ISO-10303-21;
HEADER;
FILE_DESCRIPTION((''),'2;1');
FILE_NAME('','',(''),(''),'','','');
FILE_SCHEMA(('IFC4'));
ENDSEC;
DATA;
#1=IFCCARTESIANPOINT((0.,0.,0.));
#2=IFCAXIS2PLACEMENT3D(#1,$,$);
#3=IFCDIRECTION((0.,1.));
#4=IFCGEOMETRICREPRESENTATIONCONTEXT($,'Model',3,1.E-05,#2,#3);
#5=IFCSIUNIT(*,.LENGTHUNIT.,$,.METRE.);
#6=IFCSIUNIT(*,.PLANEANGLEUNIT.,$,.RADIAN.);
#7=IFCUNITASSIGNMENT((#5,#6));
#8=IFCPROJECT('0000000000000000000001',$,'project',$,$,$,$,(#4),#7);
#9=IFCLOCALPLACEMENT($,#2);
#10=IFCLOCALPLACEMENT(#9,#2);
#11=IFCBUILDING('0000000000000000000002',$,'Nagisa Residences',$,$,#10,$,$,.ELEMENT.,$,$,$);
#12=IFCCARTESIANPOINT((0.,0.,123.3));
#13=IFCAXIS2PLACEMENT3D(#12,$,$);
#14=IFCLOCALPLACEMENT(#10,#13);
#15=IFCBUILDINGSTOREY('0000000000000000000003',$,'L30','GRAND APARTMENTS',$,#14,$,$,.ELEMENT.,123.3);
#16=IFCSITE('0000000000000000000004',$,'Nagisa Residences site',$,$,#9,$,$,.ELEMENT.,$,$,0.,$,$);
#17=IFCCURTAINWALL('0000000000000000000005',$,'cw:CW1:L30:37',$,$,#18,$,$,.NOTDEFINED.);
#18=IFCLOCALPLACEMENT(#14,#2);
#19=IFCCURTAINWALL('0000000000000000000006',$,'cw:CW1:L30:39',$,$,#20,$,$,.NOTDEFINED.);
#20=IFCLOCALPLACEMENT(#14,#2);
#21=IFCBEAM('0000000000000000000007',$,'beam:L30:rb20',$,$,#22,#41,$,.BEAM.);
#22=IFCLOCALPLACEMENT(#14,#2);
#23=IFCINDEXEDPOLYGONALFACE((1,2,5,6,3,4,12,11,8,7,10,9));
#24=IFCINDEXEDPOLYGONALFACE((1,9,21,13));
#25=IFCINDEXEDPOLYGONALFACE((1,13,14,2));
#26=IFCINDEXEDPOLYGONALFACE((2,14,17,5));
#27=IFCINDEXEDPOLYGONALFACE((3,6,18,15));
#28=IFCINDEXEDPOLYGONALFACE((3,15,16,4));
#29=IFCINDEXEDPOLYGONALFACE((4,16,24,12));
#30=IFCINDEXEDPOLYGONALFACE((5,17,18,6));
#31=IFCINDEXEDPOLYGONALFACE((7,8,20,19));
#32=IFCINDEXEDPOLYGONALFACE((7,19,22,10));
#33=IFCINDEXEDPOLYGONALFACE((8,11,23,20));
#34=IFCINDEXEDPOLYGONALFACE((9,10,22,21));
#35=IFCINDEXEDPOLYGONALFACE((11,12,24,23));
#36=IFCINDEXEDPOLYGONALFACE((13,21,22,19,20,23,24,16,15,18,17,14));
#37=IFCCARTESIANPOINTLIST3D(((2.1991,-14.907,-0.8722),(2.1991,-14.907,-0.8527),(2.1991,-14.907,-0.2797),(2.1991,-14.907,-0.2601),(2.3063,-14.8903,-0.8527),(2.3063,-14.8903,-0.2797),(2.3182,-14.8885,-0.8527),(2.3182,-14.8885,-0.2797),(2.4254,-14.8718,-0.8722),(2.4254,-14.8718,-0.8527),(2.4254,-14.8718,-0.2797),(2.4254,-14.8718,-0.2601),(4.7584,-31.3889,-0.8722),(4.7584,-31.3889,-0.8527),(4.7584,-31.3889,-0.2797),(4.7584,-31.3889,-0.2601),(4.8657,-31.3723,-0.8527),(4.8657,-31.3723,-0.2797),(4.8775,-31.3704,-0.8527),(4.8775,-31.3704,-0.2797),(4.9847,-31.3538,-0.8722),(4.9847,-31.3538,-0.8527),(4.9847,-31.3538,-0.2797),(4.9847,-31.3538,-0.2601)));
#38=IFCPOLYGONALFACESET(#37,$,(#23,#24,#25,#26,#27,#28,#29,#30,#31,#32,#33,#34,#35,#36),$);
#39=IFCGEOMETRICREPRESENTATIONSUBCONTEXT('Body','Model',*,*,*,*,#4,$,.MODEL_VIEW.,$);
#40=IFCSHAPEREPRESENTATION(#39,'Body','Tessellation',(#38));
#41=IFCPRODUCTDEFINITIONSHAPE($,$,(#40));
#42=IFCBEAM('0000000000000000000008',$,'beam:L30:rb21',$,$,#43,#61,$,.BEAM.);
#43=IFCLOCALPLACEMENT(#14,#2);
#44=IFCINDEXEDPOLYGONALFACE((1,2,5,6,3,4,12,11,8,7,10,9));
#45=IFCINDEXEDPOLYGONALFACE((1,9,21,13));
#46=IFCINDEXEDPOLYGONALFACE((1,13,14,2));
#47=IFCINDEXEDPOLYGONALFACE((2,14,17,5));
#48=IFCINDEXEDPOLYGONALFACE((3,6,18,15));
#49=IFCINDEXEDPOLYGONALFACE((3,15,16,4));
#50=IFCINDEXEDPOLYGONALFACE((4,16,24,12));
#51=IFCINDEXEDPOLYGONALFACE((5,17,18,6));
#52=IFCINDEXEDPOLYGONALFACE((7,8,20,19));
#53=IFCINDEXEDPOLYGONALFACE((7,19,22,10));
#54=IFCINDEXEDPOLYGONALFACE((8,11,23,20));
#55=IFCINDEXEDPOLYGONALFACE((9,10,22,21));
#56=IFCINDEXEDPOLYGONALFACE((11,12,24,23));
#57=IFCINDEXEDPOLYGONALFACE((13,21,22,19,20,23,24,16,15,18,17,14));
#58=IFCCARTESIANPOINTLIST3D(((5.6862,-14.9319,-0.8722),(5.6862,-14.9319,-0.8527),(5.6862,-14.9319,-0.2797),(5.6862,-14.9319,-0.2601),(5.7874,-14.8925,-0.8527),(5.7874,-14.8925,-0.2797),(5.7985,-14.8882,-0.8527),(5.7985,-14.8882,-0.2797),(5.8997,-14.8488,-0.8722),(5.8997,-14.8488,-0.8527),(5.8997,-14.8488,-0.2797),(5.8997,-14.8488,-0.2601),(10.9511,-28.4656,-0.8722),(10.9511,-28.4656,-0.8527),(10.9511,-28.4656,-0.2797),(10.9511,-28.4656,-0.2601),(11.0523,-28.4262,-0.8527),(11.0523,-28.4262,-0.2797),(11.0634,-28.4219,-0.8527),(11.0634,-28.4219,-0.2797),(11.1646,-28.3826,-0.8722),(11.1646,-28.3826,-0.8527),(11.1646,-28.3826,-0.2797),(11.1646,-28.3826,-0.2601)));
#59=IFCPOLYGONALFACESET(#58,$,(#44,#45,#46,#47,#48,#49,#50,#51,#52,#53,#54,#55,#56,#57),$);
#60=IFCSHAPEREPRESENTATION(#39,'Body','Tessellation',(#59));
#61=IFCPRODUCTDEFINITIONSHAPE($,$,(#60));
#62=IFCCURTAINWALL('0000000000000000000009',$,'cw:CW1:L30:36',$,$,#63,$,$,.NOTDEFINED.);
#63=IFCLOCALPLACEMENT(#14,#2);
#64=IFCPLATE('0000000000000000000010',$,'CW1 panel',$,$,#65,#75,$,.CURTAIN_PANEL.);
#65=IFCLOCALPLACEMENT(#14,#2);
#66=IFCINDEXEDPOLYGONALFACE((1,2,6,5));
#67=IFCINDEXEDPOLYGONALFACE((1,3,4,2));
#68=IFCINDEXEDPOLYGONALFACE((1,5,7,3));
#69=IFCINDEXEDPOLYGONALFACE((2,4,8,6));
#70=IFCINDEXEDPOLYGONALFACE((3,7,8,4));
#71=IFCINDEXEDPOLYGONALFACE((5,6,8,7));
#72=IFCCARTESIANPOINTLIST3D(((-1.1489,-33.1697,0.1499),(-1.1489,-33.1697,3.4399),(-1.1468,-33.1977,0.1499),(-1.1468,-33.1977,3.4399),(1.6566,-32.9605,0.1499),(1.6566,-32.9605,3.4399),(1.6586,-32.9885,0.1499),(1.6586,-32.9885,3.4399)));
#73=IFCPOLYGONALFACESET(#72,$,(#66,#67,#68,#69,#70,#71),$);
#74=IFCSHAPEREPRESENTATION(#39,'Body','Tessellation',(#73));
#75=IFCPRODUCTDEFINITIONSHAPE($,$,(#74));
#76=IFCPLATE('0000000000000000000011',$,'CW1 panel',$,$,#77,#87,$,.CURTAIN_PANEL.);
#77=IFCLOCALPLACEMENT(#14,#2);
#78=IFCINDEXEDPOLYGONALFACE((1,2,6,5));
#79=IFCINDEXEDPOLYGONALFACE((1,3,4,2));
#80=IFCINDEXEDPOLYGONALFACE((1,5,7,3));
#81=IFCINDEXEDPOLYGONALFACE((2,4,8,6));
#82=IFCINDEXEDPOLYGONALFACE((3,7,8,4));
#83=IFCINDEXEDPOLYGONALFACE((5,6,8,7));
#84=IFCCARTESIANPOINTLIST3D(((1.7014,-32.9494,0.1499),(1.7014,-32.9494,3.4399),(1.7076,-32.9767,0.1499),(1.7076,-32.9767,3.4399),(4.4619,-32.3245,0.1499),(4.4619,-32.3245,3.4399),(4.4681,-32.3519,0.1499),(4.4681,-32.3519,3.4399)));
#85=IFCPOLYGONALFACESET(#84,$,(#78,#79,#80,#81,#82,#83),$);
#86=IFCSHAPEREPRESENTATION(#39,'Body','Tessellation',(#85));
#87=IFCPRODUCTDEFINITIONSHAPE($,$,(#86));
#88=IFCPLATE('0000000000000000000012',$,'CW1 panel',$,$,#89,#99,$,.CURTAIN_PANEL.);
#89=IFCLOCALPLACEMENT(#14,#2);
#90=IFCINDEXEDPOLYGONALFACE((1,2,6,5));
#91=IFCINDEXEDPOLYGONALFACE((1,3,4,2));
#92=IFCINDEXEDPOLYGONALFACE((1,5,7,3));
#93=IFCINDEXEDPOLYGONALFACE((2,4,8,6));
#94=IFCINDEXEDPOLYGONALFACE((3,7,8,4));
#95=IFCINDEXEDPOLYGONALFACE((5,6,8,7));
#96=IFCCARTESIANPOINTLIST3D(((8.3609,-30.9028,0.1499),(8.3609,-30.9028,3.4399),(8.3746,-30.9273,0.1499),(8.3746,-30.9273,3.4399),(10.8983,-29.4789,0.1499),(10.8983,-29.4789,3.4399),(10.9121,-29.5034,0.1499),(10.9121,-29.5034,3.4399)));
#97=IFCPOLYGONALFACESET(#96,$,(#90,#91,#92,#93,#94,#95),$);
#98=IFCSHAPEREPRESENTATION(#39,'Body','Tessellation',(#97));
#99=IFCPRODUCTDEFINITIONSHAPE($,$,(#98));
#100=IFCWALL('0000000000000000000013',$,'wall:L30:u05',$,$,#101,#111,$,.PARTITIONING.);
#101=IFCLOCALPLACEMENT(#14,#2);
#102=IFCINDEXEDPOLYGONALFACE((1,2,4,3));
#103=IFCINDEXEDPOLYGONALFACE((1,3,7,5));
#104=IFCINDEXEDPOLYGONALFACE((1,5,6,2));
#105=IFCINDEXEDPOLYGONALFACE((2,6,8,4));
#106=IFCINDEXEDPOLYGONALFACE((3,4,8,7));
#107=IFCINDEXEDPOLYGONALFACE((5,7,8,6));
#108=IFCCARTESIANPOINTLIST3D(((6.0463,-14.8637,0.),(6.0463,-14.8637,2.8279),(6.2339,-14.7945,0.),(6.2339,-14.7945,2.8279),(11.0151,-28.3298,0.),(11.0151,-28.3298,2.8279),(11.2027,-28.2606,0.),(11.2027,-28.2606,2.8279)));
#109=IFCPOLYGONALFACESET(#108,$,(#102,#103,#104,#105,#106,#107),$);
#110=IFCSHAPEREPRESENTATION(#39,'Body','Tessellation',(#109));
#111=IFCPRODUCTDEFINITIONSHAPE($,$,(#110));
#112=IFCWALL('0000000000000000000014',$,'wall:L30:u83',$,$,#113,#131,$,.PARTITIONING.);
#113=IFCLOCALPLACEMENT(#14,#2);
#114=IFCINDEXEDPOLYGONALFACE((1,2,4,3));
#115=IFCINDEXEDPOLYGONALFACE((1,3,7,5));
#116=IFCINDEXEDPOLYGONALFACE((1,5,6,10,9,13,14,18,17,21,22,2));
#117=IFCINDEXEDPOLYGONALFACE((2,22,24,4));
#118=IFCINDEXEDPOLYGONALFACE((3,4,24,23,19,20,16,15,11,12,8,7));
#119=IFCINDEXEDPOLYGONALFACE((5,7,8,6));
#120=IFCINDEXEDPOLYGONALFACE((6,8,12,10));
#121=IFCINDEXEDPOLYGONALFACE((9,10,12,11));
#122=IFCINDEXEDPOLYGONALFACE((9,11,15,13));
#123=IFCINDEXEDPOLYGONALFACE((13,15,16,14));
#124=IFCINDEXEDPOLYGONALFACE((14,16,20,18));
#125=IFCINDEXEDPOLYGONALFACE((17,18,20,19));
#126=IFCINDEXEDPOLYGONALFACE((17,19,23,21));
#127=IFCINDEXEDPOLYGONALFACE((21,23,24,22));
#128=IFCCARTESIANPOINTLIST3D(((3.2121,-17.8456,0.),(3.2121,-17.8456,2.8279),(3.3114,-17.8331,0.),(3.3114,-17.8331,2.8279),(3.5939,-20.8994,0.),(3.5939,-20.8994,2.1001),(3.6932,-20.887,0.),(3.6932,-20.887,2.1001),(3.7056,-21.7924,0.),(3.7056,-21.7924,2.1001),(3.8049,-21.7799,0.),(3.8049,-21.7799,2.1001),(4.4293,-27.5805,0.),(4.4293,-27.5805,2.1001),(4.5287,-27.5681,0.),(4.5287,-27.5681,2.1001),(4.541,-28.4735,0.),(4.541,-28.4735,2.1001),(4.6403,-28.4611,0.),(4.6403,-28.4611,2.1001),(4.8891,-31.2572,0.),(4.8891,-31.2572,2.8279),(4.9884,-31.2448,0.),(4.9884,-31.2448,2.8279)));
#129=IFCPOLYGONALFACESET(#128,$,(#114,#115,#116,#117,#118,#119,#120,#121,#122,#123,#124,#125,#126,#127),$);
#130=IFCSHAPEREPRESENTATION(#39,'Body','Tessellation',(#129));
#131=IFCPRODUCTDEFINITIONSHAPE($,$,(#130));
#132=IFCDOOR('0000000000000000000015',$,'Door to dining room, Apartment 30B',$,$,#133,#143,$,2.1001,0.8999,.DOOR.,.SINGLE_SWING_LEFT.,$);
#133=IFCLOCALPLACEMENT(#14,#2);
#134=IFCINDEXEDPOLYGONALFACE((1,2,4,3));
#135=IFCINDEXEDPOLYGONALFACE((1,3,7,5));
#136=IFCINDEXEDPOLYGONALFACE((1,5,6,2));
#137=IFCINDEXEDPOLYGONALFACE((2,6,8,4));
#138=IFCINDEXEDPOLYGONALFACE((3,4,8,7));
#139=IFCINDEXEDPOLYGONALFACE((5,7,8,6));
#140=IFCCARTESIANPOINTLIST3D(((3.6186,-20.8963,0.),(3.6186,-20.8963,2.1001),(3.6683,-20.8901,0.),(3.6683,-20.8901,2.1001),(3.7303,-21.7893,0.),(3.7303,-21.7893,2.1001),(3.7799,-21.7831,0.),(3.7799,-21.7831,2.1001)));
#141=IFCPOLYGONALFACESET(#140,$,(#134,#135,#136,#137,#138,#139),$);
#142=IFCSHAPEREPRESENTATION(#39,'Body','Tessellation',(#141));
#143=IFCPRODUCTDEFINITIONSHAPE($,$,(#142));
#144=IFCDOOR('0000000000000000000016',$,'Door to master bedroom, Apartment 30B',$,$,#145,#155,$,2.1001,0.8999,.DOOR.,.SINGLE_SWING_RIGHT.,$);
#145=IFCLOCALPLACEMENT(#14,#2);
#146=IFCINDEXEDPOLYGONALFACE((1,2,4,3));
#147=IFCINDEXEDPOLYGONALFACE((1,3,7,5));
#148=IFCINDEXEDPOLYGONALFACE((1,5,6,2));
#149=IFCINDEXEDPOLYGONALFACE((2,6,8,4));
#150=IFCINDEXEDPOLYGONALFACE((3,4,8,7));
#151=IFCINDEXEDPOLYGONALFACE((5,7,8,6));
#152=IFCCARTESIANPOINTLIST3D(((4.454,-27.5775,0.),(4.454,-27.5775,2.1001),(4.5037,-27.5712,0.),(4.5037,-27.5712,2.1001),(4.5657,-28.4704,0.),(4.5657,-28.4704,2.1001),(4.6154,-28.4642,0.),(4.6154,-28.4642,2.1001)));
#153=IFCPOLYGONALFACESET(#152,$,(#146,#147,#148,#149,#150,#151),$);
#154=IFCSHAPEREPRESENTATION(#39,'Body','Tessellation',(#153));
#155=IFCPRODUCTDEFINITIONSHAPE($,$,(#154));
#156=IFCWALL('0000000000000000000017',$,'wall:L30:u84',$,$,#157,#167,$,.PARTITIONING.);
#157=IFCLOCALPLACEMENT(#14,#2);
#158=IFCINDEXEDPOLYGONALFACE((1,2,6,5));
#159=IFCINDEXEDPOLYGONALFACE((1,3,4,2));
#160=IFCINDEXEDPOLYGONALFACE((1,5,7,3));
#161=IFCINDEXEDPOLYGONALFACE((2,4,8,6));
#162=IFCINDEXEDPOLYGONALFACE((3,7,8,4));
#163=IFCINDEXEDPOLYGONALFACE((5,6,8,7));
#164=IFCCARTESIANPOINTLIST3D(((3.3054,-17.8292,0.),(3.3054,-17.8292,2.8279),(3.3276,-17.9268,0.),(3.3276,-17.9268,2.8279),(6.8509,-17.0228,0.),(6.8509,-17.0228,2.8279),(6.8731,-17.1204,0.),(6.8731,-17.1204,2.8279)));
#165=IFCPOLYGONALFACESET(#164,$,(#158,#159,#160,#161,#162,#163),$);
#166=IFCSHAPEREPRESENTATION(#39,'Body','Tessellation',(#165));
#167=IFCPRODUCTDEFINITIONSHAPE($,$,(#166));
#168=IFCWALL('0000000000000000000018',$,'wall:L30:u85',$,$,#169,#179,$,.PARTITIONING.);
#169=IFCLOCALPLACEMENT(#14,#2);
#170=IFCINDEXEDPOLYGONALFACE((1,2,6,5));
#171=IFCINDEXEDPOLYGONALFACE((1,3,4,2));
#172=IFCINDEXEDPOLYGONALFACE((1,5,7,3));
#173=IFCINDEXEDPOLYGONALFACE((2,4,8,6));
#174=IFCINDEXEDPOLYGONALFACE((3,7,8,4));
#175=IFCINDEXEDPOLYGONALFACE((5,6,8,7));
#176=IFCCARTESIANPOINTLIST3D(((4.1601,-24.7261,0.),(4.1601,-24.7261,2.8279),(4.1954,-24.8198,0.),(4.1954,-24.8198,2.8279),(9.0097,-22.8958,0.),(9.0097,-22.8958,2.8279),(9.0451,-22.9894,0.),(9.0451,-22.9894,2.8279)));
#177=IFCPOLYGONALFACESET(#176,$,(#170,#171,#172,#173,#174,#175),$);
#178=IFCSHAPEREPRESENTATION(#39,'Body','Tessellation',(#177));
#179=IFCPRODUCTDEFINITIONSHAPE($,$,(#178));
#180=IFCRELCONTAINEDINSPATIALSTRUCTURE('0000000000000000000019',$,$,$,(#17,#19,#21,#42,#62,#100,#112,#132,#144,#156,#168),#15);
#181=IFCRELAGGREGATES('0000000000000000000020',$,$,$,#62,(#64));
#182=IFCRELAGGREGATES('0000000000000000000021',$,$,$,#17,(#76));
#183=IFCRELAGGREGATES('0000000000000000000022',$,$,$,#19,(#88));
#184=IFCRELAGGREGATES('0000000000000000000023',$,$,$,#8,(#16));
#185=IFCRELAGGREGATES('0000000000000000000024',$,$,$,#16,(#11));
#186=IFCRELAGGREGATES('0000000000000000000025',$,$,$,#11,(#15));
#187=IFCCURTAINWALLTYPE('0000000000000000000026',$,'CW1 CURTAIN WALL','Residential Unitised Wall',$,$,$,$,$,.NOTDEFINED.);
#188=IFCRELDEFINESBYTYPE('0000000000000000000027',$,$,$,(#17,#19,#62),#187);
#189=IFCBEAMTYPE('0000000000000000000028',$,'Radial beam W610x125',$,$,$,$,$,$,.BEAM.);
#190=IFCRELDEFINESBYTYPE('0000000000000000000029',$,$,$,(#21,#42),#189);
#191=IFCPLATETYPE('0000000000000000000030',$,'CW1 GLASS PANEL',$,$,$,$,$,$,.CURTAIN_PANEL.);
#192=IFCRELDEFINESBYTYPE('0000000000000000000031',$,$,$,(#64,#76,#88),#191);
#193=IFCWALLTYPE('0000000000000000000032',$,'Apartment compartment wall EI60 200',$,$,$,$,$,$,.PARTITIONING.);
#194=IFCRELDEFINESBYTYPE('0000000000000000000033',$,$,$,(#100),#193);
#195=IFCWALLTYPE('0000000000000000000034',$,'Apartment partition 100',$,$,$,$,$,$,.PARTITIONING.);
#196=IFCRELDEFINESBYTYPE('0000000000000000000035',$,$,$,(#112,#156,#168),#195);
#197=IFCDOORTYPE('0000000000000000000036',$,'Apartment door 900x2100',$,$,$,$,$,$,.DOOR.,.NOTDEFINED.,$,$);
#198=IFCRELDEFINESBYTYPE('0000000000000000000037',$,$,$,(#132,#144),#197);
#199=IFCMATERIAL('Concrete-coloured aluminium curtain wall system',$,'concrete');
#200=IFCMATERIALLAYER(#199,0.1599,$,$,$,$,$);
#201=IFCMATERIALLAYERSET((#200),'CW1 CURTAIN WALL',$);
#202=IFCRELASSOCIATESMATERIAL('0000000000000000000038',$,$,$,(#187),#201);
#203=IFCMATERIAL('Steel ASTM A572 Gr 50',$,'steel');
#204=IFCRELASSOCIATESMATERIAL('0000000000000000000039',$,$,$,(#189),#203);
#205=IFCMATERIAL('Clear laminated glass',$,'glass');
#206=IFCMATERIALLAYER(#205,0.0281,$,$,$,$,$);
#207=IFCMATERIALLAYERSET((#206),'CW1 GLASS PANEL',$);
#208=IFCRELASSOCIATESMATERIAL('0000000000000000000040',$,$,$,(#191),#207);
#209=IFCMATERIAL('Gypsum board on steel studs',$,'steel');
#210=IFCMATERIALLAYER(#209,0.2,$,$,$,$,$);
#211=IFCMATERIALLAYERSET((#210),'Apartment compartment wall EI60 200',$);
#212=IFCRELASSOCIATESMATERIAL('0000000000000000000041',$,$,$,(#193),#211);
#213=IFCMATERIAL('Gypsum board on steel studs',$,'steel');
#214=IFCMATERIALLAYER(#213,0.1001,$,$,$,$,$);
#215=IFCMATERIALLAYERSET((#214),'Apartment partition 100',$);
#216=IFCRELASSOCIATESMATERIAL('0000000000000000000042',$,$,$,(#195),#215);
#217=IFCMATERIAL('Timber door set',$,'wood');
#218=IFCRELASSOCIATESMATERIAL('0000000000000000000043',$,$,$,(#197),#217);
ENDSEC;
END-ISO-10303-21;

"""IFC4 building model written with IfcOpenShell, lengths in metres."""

from ifc_helpers import new_model, si_unit, direction, frame, frame_2d, origin, origin_2d, place, context, subcontext, project, spatial, rectangle, i_section, extrude, material, layer, layer_set, material_profile, profile_set, type_object, element, fill, aggregate, save


model = new_model("IFC4")

# Units and contexts
model_context = context("Model", 3, precision=1e-05, world=origin(), true_north=direction((0.0, 1.0)))
body_context = subcontext(model_context, "Body", "Model", "MODEL_VIEW")
ifc_project = project(units=[si_unit("LENGTHUNIT", "METRE"), si_unit("PLANEANGLEUNIT", "RADIAN")], contexts=[model_context])

# Site, building, storey
site_placement = place(None, origin())
site = spatial("IfcSite", under=ifc_project, at=site_placement, Name="Nagisa Residences site", CompositionType="ELEMENT", RefElevation=0.0)
building_placement = place(site_placement, origin())
building = spatial("IfcBuilding", under=site, at=building_placement, Name="Nagisa Residences", CompositionType="ELEMENT")
storey_placement = place(building_placement, frame((0.0, 0.0, 123.3)))
storey = spatial("IfcBuildingStorey", under=building, at=storey_placement, Name="L30", Description="GRAND APARTMENTS", CompositionType="ELEMENT", Elevation=123.3)

# Curtain walls
ifc_material_1 = material(Name="Concrete-coloured aluminium curtain wall system", Category="concrete")
ifc_layer_1 = layer(ifc_material_1, 0.1599)
ifc_layer_set_1 = layer_set([ifc_layer_1], Name="CW1 CURTAIN WALL")
curtain_wall_type = type_object("IfcCurtainWallType", Name="CW1 CURTAIN WALL", Description="Residential Unitised Wall", PredefinedType="NOTDEFINED", material=ifc_layer_set_1)
curtain_wall_1_placement = place(storey_placement, origin())
curtain_wall_1 = element("IfcCurtainWall", 1, at=curtain_wall_1_placement, inside=storey, type_object=curtain_wall_type, Name="cw:CW1:L30:37", PredefinedType="NOTDEFINED")
curtain_wall_2_placement = place(storey_placement, origin())
curtain_wall_2 = element("IfcCurtainWall", 2, at=curtain_wall_2_placement, inside=storey, type_object=curtain_wall_type, Name="cw:CW1:L30:39", PredefinedType="NOTDEFINED")

# Beams
ifc_material_2 = material(Name="Steel ASTM A572 Gr 50", Category="steel")
ifc_material_profile_1 = material_profile(ifc_material_2, i_section(OverallWidth=0.229, OverallDepth=0.6121, WebThickness=0.012, FlangeThickness=0.0195, at=origin_2d()), Name="W610x125")
ifc_profile_set_1 = profile_set([ifc_material_profile_1], Name="Steel ASTM A572 Gr 50")
beam_type_1 = type_object("IfcBeamType", Name="Radial beam W610x125", PredefinedType="BEAM", material=ifc_profile_set_1)
beam_1_placement = place(storey_placement, frame((4.8716, -31.3713, -0.5662), z_axis=(-0.153442, 0.988158, 0.0), x_axis=(-0.988158, -0.153442, 0.0)))
element("IfcBeam", 3, at=beam_1_placement, inside=storey, type_object=beam_type_1, Name="beam:L30:rb20", PredefinedType="BEAM", context=body_context, shape_type="SweptSolid", body=[
    extrude(i_section(OverallWidth=0.229, OverallDepth=0.6121, WebThickness=0.012, FlangeThickness=0.0195, at=origin_2d()), origin(), (0.0, 0.0, 1.0), 16.6794),
])
beam_2_placement = place(storey_placement, frame((11.0579, -28.4241, -0.5662), z_axis=(-0.362553, 0.931963, 0.0), x_axis=(-0.931963, -0.362553, 0.0)))
element("IfcBeam", 4, at=beam_2_placement, inside=storey, type_object=beam_type_1, Name="beam:L30:rb21", PredefinedType="BEAM", context=body_context, shape_type="SweptSolid", body=[
    extrude(i_section(OverallWidth=0.229, OverallDepth=0.6121, WebThickness=0.012, FlangeThickness=0.0195, at=origin_2d()), origin(), (0.0, 0.0, 1.0), 14.5217),
])

# Curtain wall, plate
curtain_wall_3_placement = place(storey_placement, origin())
curtain_wall_3 = element("IfcCurtainWall", 5, at=curtain_wall_3_placement, inside=storey, type_object=curtain_wall_type, Name="cw:CW1:L30:36", PredefinedType="NOTDEFINED")
ifc_material_3 = material(Name="Clear laminated glass", Category="glass")
ifc_layer_2 = layer(ifc_material_3, 0.0281)
ifc_layer_set_2 = layer_set([ifc_layer_2], Name="CW1 GLASS PANEL")
plate_type = type_object("IfcPlateType", Name="CW1 GLASS PANEL", PredefinedType="CURTAIN_PANEL", material=ifc_layer_set_2)
plate_1_placement = place(storey_placement, frame((0.2549, -33.0791, 0.1499), z_axis=(0.0, 0.0, 1.0), x_axis=(0.99723, 0.074377, 0.0)))
plate_1 = element("IfcPlate", 6, at=plate_1_placement, type_object=plate_type, Name="CW1 panel", PredefinedType="CURTAIN_PANEL", context=body_context, shape_type="SweptSolid", body=[
    extrude(rectangle(XDim=2.8132, YDim=0.0281, at=origin_2d()), origin(), (0.0, 0.0, 1.0), 3.29),
])
aggregate(curtain_wall_3, [plate_1])

# Plates
plate_2_placement = place(storey_placement, frame((3.0847, -32.6506, 0.1499), z_axis=(0.0, 0.0, 1.0), x_axis=(0.975327, 0.220764, 0.0)))
plate_2 = element("IfcPlate", 7, at=plate_2_placement, type_object=plate_type, Name="CW1 panel", PredefinedType="CURTAIN_PANEL", context=body_context, shape_type="SweptSolid", body=[
    extrude(rectangle(XDim=2.8303, YDim=0.0281, at=origin_2d()), origin(), (0.0, 0.0, 1.0), 3.29),
])
aggregate(curtain_wall_1, [plate_2])
plate_3_placement = place(storey_placement, frame((9.6365, -30.2031, 0.1499), z_axis=(0.0, 0.0, 1.0), x_axis=(0.872072, 0.489377, 0.0)))
plate_3 = element("IfcPlate", 8, at=plate_3_placement, type_object=plate_type, Name="CW1 panel", PredefinedType="CURTAIN_PANEL", context=body_context, shape_type="SweptSolid", body=[
    extrude(rectangle(XDim=2.9097, YDim=0.0281, at=origin_2d()), origin(), (0.0, 0.0, 1.0), 3.29),
])
aggregate(curtain_wall_2, [plate_3])

# Wall
ifc_material_4 = material(Name="Gypsum board on steel studs", Category="steel")
ifc_layer_3 = layer(ifc_material_4, 0.2)
ifc_layer_set_3 = layer_set([ifc_layer_3], Name="Apartment compartment wall EI60 200")
wall_type_1 = type_object("IfcWallType", Name="Apartment compartment wall EI60 200", PredefinedType="PARTITIONING", material=ifc_layer_set_3)
wall_1_placement = place(storey_placement, frame((6.1401, -14.8291, 0.0), z_axis=(0.0, 0.0, 1.0), x_axis=(0.34617, -0.938172, 0.0)))
element("IfcWall", 9, at=wall_1_placement, inside=storey, type_object=wall_type_1, Name="wall:L30:u05", PredefinedType="PARTITIONING", context=body_context, shape_type="SweptSolid", body=[
    extrude(rectangle(XDim=14.3535, YDim=0.2, at=frame_2d((7.1768, 0.0))), origin(), (0.0, 0.0, 1.0), 2.8279),
])

# Wall, openings, doors
ifc_material_5 = material(Name="Gypsum board on steel studs", Category="steel")
ifc_layer_4 = layer(ifc_material_5, 0.1001)
ifc_layer_set_4 = layer_set([ifc_layer_4], Name="Apartment partition 100")
wall_type_2 = type_object("IfcWallType", Name="Apartment partition 100", PredefinedType="PARTITIONING", material=ifc_layer_set_4)
wall_2_placement = place(storey_placement, frame((3.2617, -17.8394, 0.0), z_axis=(0.0, 0.0, 1.0), x_axis=(0.124075, -0.992273, 0.0)))
wall_2 = element("IfcWall", 10, at=wall_2_placement, inside=storey, type_object=wall_type_2, Name="wall:L30:u83", PredefinedType="PARTITIONING", context=body_context, shape_type="SweptSolid", body=[
    extrude(rectangle(XDim=13.5161, YDim=0.1001, at=frame_2d((6.7581, 0.0))), origin(), (0.0, 0.0, 1.0), 2.8279),
])
opening_1_placement = place(wall_2_placement, frame((3.0776, 0.0, 0.0)))
opening_1 = element("IfcOpeningElement", 11, at=opening_1_placement, cuts=wall_2, PredefinedType="OPENING", context=body_context, shape_type="SweptSolid", body=[
    extrude(rectangle(XDim=0.8999, YDim=2.1001, at=frame_2d((0.45, 1.05))), frame((0.0, 0.0601, 0.0), z_axis=(0.0, -1.0, 0.0), x_axis=(1.0, 0.0, 0.0)), (0.0, 0.0, 1.0), 0.1201),
])
opening_2_placement = place(wall_2_placement, frame((9.8108, 0.0, 0.0)))
opening_2 = element("IfcOpeningElement", 12, at=opening_2_placement, cuts=wall_2, PredefinedType="OPENING", context=body_context, shape_type="SweptSolid", body=[
    extrude(rectangle(XDim=0.8999, YDim=2.1001, at=frame_2d((0.45, 1.05))), frame((0.0, 0.0601, 0.0), z_axis=(0.0, -1.0, 0.0), x_axis=(1.0, 0.0, 0.0)), (0.0, 0.0, 1.0), 0.1201),
])
ifc_material_6 = material(Name="Timber door set", Category="wood")
door_type_1 = type_object("IfcDoorType", Name="Apartment door 900x2100", OperationType="NOTDEFINED", PredefinedType="DOOR", material=ifc_material_6)
door_1_placement = place(opening_1_placement, origin())
door_1 = element("IfcDoor", 13, at=door_1_placement, inside=storey, type_object=door_type_1, Name="Door to dining room, Apartment 30B", OperationType="SINGLE_SWING_LEFT", OverallHeight=2.1001, OverallWidth=0.8999, PredefinedType="DOOR", context=body_context, shape_type="SweptSolid", body=[
    extrude(rectangle(XDim=0.8999, YDim=2.1001, at=frame_2d((0.45, 1.05))), frame((0.0, 0.0249, 0.0), z_axis=(0.0, -1.0, 0.0), x_axis=(1.0, 0.0, 0.0)), (0.0, 0.0, 1.0), 0.05),
])
fill(opening_1, door_1)
door_2_placement = place(opening_2_placement, origin())
door_2 = element("IfcDoor", 14, at=door_2_placement, inside=storey, type_object=door_type_1, Name="Door to master bedroom, Apartment 30B", OperationType="SINGLE_SWING_RIGHT", OverallHeight=2.1001, OverallWidth=0.8999, PredefinedType="DOOR", context=body_context, shape_type="SweptSolid", body=[
    extrude(rectangle(XDim=0.8999, YDim=2.1001, at=frame_2d((0.45, 1.05))), frame((0.0, 0.0249, 0.0), z_axis=(0.0, -1.0, 0.0), x_axis=(1.0, 0.0, 0.0)), (0.0, 0.0, 1.0), 0.05),
])
fill(opening_2, door_2)

# Walls
wall_3_placement = place(storey_placement, frame((3.3167, -17.8779, 0.0), z_axis=(0.0, 0.0, 1.0), x_axis=(0.975096, 0.221784, 0.0)))
element("IfcWall", 15, at=wall_3_placement, inside=storey, type_object=wall_type_2, Name="wall:L30:u84", PredefinedType="PARTITIONING", context=body_context, shape_type="SweptSolid", body=[
    extrude(rectangle(XDim=3.636, YDim=0.1001, at=frame_2d((1.8179, 0.0))), origin(), (0.0, 0.0, 1.0), 2.8279),
])
wall_4_placement = place(storey_placement, frame((4.1777, -24.7729, 0.0), z_axis=(0.0, 0.0, 1.0), x_axis=(0.935584, 0.353105, 0.0)))
element("IfcWall", 16, at=wall_4_placement, inside=storey, type_object=wall_type_2, Name="wall:L30:u85", PredefinedType="PARTITIONING", context=body_context, shape_type="SweptSolid", body=[
    extrude(rectangle(XDim=5.1836, YDim=0.1001, at=frame_2d((2.5918, 0.0))), origin(), (0.0, 0.0, 1.0), 2.8279),
])

save(model, "model.ifc")
